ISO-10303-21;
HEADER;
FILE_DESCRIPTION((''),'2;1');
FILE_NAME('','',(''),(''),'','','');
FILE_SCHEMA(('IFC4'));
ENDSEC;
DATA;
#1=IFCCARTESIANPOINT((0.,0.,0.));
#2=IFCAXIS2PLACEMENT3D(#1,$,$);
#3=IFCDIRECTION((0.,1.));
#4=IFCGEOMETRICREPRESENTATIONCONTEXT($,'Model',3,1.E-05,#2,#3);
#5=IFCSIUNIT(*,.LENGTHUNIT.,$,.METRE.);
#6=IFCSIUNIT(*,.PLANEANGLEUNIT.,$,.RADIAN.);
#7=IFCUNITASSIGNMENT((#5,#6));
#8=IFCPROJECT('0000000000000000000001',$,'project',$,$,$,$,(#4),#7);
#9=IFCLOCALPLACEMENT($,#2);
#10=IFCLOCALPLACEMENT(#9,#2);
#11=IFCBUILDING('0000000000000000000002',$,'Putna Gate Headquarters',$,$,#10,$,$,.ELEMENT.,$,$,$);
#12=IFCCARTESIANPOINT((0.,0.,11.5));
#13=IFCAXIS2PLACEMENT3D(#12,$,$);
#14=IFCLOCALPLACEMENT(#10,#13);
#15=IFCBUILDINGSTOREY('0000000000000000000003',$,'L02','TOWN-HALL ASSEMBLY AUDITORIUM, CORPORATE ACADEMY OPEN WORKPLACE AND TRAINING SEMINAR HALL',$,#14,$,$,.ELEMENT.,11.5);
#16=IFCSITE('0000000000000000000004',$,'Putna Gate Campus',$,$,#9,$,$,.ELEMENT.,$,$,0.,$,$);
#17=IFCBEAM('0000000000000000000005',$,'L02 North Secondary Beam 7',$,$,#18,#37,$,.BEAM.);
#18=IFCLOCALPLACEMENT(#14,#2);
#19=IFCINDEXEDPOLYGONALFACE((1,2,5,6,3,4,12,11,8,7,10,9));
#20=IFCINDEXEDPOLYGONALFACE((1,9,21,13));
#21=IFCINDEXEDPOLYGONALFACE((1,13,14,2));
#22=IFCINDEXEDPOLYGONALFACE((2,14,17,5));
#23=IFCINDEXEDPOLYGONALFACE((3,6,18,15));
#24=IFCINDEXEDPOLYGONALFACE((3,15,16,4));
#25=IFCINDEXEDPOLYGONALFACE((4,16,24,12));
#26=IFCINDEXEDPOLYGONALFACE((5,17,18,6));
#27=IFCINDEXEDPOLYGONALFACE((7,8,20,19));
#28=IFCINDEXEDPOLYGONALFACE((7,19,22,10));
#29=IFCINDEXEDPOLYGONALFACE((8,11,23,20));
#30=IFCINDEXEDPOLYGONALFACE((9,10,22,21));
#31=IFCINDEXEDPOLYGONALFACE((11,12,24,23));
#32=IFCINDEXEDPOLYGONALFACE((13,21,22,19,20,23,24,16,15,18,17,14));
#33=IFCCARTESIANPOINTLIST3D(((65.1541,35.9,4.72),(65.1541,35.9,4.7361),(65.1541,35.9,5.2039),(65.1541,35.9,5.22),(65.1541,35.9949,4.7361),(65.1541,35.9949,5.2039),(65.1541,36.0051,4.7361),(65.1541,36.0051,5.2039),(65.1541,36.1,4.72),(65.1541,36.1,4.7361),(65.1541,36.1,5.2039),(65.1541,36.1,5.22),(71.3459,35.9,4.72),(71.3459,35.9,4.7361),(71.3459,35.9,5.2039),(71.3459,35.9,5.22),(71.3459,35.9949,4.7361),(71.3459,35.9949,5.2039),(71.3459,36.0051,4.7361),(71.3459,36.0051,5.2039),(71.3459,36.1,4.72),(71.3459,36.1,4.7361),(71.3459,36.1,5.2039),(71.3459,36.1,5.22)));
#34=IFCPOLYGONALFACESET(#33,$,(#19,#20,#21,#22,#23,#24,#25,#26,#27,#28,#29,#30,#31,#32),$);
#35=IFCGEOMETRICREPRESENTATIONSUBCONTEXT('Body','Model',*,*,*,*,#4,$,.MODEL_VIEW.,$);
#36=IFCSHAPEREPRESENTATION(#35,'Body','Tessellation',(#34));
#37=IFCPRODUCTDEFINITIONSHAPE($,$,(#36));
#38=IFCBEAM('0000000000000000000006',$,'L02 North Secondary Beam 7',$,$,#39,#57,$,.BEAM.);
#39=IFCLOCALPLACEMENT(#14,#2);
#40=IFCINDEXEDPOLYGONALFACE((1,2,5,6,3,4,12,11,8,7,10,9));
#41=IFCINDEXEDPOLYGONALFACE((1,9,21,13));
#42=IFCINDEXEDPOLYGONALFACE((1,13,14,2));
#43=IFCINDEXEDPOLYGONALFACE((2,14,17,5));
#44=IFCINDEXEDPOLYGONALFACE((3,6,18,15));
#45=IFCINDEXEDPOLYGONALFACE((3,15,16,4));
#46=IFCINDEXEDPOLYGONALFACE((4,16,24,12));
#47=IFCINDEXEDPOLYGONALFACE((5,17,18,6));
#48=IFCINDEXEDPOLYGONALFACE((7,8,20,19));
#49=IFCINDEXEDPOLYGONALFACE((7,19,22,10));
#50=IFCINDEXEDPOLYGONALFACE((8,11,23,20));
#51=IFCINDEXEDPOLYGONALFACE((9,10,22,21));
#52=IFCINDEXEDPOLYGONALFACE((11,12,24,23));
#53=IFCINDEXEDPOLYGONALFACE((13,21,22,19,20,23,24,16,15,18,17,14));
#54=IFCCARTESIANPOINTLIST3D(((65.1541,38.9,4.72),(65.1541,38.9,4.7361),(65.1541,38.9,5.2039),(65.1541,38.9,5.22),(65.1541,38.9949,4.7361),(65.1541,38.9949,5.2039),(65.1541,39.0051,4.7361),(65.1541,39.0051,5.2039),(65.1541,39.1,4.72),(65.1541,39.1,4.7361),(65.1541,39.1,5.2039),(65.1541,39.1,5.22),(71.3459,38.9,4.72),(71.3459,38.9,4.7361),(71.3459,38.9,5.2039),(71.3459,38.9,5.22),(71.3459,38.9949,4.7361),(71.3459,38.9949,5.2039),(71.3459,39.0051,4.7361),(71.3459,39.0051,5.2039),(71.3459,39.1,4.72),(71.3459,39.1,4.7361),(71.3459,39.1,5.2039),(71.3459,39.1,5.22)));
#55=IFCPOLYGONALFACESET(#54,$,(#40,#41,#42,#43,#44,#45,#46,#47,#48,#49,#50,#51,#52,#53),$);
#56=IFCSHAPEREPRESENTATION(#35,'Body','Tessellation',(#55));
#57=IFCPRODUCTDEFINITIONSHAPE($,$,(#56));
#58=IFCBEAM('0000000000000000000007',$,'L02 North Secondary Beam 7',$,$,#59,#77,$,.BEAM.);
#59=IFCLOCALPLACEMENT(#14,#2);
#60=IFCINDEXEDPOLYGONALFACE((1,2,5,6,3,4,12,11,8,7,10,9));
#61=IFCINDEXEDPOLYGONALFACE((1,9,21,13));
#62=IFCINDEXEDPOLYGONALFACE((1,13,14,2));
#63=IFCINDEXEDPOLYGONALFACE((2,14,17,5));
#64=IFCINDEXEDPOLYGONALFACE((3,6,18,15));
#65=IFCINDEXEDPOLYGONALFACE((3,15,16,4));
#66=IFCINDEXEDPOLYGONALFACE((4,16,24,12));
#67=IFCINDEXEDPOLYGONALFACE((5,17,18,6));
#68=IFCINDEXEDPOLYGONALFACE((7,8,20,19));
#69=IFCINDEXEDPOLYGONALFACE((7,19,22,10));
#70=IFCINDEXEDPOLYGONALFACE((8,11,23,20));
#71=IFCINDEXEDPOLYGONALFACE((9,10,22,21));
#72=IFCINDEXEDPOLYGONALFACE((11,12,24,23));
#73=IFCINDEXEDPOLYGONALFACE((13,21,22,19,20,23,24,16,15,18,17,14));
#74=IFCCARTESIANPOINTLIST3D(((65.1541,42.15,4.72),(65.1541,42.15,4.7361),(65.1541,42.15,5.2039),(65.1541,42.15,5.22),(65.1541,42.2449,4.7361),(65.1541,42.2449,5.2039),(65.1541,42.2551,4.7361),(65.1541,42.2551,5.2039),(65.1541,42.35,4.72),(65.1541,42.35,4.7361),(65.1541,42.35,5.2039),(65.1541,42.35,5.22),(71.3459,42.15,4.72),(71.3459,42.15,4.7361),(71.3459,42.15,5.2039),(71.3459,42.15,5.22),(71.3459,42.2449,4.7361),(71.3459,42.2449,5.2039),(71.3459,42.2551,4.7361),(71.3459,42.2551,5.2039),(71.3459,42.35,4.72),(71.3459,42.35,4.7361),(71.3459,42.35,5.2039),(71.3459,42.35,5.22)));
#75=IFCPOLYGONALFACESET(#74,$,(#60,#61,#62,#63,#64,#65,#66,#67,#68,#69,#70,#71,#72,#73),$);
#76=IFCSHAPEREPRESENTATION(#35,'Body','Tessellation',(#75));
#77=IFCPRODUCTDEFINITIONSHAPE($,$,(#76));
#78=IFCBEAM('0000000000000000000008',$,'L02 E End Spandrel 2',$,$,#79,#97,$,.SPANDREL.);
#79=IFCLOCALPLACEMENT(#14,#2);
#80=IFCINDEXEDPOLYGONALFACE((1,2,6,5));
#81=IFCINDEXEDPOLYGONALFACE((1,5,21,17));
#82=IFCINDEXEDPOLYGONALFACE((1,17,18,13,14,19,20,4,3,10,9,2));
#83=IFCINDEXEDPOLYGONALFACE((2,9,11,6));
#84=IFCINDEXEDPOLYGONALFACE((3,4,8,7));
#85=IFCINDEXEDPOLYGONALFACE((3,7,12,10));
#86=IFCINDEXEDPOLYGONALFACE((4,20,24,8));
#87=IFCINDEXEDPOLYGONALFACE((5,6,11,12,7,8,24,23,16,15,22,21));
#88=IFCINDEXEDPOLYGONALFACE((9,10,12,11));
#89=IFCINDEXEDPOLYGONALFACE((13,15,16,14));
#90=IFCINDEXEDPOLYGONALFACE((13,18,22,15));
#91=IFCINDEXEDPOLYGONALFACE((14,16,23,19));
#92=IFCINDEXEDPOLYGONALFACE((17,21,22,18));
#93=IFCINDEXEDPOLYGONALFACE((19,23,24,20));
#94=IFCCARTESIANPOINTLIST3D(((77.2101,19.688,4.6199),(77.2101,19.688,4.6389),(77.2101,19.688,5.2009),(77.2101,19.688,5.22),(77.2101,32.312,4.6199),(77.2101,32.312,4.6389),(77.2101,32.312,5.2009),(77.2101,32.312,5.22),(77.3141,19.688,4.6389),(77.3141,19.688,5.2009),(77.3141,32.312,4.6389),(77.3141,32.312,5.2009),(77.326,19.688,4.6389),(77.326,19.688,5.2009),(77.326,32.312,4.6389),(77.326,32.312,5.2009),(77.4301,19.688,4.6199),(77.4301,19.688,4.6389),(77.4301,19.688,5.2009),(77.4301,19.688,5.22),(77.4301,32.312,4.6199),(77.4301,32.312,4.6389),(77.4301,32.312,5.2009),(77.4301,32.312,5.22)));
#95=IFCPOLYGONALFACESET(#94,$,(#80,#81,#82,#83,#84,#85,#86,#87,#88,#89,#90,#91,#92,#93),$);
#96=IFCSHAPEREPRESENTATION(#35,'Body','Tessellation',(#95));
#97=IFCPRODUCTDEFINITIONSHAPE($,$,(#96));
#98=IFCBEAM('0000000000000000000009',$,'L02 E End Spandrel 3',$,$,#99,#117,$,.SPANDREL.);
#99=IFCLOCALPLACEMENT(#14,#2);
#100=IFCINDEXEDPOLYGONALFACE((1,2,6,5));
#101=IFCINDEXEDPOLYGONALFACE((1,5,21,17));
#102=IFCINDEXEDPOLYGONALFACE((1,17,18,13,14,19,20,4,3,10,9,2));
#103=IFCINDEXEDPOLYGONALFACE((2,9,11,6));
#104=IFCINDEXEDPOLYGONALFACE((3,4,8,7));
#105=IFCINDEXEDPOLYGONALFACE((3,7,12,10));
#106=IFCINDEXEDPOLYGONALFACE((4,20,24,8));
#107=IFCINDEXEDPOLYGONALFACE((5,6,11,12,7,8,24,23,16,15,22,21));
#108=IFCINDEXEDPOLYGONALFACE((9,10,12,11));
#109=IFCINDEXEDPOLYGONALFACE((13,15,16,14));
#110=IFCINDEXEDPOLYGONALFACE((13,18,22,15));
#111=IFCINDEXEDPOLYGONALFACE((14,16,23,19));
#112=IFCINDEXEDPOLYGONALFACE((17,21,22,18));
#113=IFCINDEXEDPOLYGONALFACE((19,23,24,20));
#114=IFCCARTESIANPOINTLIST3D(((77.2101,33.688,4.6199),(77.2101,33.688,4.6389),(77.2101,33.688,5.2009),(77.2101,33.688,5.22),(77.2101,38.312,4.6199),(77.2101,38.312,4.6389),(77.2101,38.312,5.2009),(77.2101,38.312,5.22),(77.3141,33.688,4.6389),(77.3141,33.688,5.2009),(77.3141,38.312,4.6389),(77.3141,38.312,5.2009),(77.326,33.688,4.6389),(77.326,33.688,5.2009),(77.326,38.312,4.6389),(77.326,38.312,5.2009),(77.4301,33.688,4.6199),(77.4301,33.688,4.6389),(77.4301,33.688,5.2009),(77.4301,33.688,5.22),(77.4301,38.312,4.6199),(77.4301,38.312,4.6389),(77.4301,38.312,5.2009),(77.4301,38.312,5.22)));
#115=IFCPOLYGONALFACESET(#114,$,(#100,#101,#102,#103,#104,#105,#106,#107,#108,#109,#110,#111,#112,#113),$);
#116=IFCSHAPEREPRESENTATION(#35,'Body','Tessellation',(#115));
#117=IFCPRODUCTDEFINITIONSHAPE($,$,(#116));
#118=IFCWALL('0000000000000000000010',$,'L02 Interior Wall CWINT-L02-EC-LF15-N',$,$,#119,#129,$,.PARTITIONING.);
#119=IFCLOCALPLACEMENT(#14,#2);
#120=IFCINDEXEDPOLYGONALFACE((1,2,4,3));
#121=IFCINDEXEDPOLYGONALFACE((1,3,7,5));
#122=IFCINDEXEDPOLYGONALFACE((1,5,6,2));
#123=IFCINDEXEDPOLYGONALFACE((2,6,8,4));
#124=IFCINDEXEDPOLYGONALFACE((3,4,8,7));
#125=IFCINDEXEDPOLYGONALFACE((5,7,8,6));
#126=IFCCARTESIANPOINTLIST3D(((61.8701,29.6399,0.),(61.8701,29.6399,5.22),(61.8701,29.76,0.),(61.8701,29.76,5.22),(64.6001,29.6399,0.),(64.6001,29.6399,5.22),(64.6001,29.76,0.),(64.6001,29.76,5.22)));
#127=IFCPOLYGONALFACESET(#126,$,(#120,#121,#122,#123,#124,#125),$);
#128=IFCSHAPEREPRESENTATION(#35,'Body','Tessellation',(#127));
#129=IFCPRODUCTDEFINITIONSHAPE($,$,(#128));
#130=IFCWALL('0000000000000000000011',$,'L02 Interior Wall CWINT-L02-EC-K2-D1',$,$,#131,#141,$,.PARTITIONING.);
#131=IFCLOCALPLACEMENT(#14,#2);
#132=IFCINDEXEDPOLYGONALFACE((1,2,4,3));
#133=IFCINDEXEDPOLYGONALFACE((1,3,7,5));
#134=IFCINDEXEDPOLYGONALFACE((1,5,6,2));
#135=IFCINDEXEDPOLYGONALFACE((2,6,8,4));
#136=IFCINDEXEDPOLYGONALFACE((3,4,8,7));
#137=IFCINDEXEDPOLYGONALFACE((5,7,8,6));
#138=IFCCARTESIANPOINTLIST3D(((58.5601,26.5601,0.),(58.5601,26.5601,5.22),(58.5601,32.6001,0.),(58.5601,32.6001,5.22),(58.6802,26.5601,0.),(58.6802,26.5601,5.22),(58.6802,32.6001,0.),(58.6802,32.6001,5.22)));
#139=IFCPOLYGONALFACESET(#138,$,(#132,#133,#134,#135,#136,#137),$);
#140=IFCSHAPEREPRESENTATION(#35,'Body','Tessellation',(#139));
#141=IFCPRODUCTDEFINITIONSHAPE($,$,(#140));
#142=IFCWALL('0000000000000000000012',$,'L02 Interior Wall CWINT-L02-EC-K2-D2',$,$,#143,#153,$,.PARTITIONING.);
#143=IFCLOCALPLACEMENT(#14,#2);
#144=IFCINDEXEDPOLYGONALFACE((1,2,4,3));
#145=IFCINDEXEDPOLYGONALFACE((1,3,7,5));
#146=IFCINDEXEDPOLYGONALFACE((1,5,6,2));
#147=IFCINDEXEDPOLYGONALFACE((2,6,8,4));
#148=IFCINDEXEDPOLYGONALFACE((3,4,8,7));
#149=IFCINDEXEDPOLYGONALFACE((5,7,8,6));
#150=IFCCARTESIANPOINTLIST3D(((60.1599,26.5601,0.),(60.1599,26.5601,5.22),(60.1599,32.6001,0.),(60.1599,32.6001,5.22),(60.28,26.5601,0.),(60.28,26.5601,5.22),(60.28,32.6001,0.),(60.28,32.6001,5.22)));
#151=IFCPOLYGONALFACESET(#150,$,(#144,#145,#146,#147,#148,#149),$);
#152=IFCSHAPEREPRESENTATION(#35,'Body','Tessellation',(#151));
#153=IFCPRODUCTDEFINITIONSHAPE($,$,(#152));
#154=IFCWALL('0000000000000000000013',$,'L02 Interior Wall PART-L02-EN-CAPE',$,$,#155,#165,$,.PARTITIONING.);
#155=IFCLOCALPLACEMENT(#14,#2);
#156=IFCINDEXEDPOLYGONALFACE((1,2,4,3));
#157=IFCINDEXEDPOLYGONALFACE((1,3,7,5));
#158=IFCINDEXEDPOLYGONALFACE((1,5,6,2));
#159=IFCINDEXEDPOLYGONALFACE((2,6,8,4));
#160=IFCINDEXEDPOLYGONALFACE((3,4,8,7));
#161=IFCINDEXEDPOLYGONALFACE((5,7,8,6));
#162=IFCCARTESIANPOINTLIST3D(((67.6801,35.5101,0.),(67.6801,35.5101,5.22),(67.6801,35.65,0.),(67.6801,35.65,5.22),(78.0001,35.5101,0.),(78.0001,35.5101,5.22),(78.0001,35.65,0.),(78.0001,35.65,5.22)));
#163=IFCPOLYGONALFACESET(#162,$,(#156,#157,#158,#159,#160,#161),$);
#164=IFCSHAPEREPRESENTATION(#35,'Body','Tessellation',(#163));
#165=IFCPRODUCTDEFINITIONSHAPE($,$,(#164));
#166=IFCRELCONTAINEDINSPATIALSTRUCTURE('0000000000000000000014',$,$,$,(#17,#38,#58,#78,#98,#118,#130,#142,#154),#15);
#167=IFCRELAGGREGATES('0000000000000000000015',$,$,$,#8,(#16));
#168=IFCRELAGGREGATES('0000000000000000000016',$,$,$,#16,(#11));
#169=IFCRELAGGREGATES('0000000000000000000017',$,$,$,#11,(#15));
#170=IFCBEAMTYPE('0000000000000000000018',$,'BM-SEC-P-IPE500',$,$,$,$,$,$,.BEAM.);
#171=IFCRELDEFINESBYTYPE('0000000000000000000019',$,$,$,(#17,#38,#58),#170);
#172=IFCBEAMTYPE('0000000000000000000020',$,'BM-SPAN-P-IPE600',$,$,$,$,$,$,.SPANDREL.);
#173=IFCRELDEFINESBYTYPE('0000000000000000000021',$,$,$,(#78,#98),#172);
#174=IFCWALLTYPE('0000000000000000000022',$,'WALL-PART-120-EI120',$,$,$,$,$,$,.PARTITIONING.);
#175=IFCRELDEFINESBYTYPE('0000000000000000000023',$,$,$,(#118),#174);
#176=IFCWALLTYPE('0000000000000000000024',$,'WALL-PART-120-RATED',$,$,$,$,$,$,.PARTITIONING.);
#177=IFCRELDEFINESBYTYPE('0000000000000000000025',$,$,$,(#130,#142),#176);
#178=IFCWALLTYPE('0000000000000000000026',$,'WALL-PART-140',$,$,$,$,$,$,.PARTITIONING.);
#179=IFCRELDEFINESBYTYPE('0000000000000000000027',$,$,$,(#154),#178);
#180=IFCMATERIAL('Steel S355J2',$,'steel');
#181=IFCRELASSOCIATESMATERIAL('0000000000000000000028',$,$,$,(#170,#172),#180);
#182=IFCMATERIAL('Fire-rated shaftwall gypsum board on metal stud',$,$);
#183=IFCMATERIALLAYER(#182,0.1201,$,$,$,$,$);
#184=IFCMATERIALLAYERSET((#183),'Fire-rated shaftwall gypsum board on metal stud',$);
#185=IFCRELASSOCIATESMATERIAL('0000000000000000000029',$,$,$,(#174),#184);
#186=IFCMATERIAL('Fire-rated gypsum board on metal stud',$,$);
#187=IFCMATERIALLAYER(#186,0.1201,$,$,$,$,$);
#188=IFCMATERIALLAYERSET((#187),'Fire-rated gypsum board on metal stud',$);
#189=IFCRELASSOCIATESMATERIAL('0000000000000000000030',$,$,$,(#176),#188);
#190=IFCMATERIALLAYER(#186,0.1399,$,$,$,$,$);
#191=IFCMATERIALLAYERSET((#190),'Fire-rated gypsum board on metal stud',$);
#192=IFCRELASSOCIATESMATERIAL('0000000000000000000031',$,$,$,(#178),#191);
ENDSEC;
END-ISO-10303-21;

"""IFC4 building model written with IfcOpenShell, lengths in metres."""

from ifc_helpers import new_model, si_unit, direction, frame, frame_2d, origin, origin_2d, place, context, subcontext, project, spatial, rectangle, i_section, extrude, material, layer, layer_set, material_profile, profile_set, type_object, element, save


model = new_model("IFC4")

# Units and contexts
model_context = context("Model", 3, precision=1e-05, world=origin(), true_north=direction((0.0, 1.0)))
body_context = subcontext(model_context, "Body", "Model", "MODEL_VIEW")
ifc_project = project(units=[si_unit("LENGTHUNIT", "METRE"), si_unit("PLANEANGLEUNIT", "RADIAN")], contexts=[model_context])

# Site, building, storey
site_placement = place(None, origin())
site = spatial("IfcSite", under=ifc_project, at=site_placement, Name="Putna Gate Campus", CompositionType="ELEMENT", RefElevation=0.0)
building_placement = place(site_placement, origin())
building = spatial("IfcBuilding", under=site, at=building_placement, Name="Putna Gate Headquarters", CompositionType="ELEMENT")
storey_placement = place(building_placement, frame((0.0, 0.0, 11.5)))
storey = spatial("IfcBuildingStorey", under=building, at=storey_placement, Name="L02", Description="TOWN-HALL ASSEMBLY AUDITORIUM, CORPORATE ACADEMY OPEN WORKPLACE AND TRAINING SEMINAR HALL", CompositionType="ELEMENT", Elevation=11.5)

# Beams
ifc_material_1 = material(Name="Steel S355J2", Category="steel")
ifc_material_profile_1 = material_profile(ifc_material_1, i_section(OverallWidth=0.2, OverallDepth=0.5, WebThickness=0.0103, FlangeThickness=0.0161, at=origin_2d()), Name="Steel S355J2")
ifc_profile_set_1 = profile_set([ifc_material_profile_1], Name="Steel S355J2")
beam_type_1 = type_object("IfcBeamType", Name="BM-SEC-P-IPE500", PredefinedType="BEAM", material=ifc_profile_set_1)
for number, where, z_axis, x_axis, name in (
    (1, (65.1541, 36.0, 4.97), (1.0, 0.0, 0.0), (0.0, 1.0, 0.0), "L02 North Secondary Beam 7"),
    (2, (65.1541, 39.0, 4.97), (1.0, 0.0, 0.0), (0.0, 1.0, 0.0), "L02 North Secondary Beam 7"),
    (3, (65.1541, 42.25, 4.97), (1.0, 0.0, 0.0), (0.0, 1.0, 0.0), "L02 North Secondary Beam 7"),
):
    element("IfcBeam", number, at=place(storey_placement, frame(where, z_axis=z_axis, x_axis=x_axis)), inside=storey, type_object=beam_type_1, Name=name, PredefinedType="BEAM", context=body_context, shape_type="SweptSolid", body=[
        extrude(i_section(OverallWidth=0.2, OverallDepth=0.5, WebThickness=0.0103, FlangeThickness=0.0161, at=origin_2d()), origin(), (0.0, 0.0, 1.0), 6.1919),
    ])
ifc_material_profile_2 = material_profile(ifc_material_1, i_section(OverallWidth=0.22, OverallDepth=0.6001, WebThickness=0.012, FlangeThickness=0.019, at=origin_2d()), Name="Steel S355J2")
ifc_profile_set_2 = profile_set([ifc_material_profile_2], Name="Steel S355J2")
beam_type_2 = type_object("IfcBeamType", Name="BM-SPAN-P-IPE600", PredefinedType="SPANDREL", material=ifc_profile_set_2)
beam_1_placement = place(storey_placement, frame((77.3201, 19.688, 4.9199), z_axis=(0.0, 1.0, 0.0), x_axis=(-1.0, 0.0, 0.0)))
element("IfcBeam", 4, at=beam_1_placement, inside=storey, type_object=beam_type_2, Name="L02 E End Spandrel 2", PredefinedType="SPANDREL", context=body_context, shape_type="SweptSolid", body=[
    extrude(i_section(OverallWidth=0.22, OverallDepth=0.6001, WebThickness=0.012, FlangeThickness=0.019, at=origin_2d()), origin(), (0.0, 0.0, 1.0), 12.624),
])
beam_2_placement = place(storey_placement, frame((77.3201, 33.688, 4.9199), z_axis=(0.0, 1.0, 0.0), x_axis=(-1.0, 0.0, 0.0)))
element("IfcBeam", 5, at=beam_2_placement, inside=storey, type_object=beam_type_2, Name="L02 E End Spandrel 3", PredefinedType="SPANDREL", context=body_context, shape_type="SweptSolid", body=[
    extrude(i_section(OverallWidth=0.22, OverallDepth=0.6001, WebThickness=0.012, FlangeThickness=0.019, at=origin_2d()), origin(), (0.0, 0.0, 1.0), 4.624),
])

# Walls
ifc_material_2 = material(Name="Fire-rated shaftwall gypsum board on metal stud")
ifc_layer_1 = layer(ifc_material_2, 0.1201)
ifc_layer_set_1 = layer_set([ifc_layer_1], Name="Fire-rated shaftwall gypsum board on metal stud")
wall_type_1 = type_object("IfcWallType", Name="WALL-PART-120-EI120", PredefinedType="PARTITIONING", material=ifc_layer_set_1)
wall_1_placement = place(storey_placement, frame((61.8701, 29.7, 0.0), z_axis=(0.0, 0.0, 1.0), x_axis=(1.0, 0.0, 0.0)))
element("IfcWall", 6, at=wall_1_placement, inside=storey, type_object=wall_type_1, Name="L02 Interior Wall CWINT-L02-EC-LF15-N", PredefinedType="PARTITIONING", context=body_context, shape_type="SweptSolid", body=[
    extrude(rectangle(XDim=2.73, YDim=0.1201, at=frame_2d((1.365, 0.0))), origin(), (0.0, 0.0, 1.0), 5.22),
])
ifc_material_3 = material(Name="Fire-rated gypsum board on metal stud")
ifc_layer_2 = layer(ifc_material_3, 0.1201)
ifc_layer_set_2 = layer_set([ifc_layer_2], Name="Fire-rated gypsum board on metal stud")
wall_type_2 = type_object("IfcWallType", Name="WALL-PART-120-RATED", PredefinedType="PARTITIONING", material=ifc_layer_set_2)
for number, where, z_axis, x_axis, name in (
    (7, (58.6201, 26.5601, 0.0), (0.0, 0.0, 1.0), (0.0, 1.0, 0.0), "L02 Interior Wall CWINT-L02-EC-K2-D1"),
    (8, (60.22, 26.5601, 0.0), (0.0, 0.0, 1.0), (0.0, 1.0, 0.0), "L02 Interior Wall CWINT-L02-EC-K2-D2"),
):
    element("IfcWall", number, at=place(storey_placement, frame(where, z_axis=z_axis, x_axis=x_axis)), inside=storey, type_object=wall_type_2, Name=name, PredefinedType="PARTITIONING", context=body_context, shape_type="SweptSolid", body=[
        extrude(rectangle(XDim=6.04, YDim=0.1201, at=frame_2d((3.02, 0.0))), origin(), (0.0, 0.0, 1.0), 5.22),
    ])
ifc_layer_3 = layer(ifc_material_3, 0.1399)
ifc_layer_set_3 = layer_set([ifc_layer_3], Name="Fire-rated gypsum board on metal stud")
wall_type_3 = type_object("IfcWallType", Name="WALL-PART-140", PredefinedType="PARTITIONING", material=ifc_layer_set_3)
wall_2_placement = place(storey_placement, frame((67.6799, 35.5801, 0.0), z_axis=(0.0, 0.0, 1.0), x_axis=(1.0, 0.0, 0.0)))
element("IfcWall", 9, at=wall_2_placement, inside=storey, type_object=wall_type_3, Name="L02 Interior Wall PART-L02-EN-CAPE", PredefinedType="PARTITIONING", context=body_context, shape_type="SweptSolid", body=[
    extrude(rectangle(XDim=10.3201, YDim=0.1399, at=frame_2d((5.1602, 0.0))), origin(), (0.0, 0.0, 1.0), 5.22),
])

save(model, "model.ifc")
